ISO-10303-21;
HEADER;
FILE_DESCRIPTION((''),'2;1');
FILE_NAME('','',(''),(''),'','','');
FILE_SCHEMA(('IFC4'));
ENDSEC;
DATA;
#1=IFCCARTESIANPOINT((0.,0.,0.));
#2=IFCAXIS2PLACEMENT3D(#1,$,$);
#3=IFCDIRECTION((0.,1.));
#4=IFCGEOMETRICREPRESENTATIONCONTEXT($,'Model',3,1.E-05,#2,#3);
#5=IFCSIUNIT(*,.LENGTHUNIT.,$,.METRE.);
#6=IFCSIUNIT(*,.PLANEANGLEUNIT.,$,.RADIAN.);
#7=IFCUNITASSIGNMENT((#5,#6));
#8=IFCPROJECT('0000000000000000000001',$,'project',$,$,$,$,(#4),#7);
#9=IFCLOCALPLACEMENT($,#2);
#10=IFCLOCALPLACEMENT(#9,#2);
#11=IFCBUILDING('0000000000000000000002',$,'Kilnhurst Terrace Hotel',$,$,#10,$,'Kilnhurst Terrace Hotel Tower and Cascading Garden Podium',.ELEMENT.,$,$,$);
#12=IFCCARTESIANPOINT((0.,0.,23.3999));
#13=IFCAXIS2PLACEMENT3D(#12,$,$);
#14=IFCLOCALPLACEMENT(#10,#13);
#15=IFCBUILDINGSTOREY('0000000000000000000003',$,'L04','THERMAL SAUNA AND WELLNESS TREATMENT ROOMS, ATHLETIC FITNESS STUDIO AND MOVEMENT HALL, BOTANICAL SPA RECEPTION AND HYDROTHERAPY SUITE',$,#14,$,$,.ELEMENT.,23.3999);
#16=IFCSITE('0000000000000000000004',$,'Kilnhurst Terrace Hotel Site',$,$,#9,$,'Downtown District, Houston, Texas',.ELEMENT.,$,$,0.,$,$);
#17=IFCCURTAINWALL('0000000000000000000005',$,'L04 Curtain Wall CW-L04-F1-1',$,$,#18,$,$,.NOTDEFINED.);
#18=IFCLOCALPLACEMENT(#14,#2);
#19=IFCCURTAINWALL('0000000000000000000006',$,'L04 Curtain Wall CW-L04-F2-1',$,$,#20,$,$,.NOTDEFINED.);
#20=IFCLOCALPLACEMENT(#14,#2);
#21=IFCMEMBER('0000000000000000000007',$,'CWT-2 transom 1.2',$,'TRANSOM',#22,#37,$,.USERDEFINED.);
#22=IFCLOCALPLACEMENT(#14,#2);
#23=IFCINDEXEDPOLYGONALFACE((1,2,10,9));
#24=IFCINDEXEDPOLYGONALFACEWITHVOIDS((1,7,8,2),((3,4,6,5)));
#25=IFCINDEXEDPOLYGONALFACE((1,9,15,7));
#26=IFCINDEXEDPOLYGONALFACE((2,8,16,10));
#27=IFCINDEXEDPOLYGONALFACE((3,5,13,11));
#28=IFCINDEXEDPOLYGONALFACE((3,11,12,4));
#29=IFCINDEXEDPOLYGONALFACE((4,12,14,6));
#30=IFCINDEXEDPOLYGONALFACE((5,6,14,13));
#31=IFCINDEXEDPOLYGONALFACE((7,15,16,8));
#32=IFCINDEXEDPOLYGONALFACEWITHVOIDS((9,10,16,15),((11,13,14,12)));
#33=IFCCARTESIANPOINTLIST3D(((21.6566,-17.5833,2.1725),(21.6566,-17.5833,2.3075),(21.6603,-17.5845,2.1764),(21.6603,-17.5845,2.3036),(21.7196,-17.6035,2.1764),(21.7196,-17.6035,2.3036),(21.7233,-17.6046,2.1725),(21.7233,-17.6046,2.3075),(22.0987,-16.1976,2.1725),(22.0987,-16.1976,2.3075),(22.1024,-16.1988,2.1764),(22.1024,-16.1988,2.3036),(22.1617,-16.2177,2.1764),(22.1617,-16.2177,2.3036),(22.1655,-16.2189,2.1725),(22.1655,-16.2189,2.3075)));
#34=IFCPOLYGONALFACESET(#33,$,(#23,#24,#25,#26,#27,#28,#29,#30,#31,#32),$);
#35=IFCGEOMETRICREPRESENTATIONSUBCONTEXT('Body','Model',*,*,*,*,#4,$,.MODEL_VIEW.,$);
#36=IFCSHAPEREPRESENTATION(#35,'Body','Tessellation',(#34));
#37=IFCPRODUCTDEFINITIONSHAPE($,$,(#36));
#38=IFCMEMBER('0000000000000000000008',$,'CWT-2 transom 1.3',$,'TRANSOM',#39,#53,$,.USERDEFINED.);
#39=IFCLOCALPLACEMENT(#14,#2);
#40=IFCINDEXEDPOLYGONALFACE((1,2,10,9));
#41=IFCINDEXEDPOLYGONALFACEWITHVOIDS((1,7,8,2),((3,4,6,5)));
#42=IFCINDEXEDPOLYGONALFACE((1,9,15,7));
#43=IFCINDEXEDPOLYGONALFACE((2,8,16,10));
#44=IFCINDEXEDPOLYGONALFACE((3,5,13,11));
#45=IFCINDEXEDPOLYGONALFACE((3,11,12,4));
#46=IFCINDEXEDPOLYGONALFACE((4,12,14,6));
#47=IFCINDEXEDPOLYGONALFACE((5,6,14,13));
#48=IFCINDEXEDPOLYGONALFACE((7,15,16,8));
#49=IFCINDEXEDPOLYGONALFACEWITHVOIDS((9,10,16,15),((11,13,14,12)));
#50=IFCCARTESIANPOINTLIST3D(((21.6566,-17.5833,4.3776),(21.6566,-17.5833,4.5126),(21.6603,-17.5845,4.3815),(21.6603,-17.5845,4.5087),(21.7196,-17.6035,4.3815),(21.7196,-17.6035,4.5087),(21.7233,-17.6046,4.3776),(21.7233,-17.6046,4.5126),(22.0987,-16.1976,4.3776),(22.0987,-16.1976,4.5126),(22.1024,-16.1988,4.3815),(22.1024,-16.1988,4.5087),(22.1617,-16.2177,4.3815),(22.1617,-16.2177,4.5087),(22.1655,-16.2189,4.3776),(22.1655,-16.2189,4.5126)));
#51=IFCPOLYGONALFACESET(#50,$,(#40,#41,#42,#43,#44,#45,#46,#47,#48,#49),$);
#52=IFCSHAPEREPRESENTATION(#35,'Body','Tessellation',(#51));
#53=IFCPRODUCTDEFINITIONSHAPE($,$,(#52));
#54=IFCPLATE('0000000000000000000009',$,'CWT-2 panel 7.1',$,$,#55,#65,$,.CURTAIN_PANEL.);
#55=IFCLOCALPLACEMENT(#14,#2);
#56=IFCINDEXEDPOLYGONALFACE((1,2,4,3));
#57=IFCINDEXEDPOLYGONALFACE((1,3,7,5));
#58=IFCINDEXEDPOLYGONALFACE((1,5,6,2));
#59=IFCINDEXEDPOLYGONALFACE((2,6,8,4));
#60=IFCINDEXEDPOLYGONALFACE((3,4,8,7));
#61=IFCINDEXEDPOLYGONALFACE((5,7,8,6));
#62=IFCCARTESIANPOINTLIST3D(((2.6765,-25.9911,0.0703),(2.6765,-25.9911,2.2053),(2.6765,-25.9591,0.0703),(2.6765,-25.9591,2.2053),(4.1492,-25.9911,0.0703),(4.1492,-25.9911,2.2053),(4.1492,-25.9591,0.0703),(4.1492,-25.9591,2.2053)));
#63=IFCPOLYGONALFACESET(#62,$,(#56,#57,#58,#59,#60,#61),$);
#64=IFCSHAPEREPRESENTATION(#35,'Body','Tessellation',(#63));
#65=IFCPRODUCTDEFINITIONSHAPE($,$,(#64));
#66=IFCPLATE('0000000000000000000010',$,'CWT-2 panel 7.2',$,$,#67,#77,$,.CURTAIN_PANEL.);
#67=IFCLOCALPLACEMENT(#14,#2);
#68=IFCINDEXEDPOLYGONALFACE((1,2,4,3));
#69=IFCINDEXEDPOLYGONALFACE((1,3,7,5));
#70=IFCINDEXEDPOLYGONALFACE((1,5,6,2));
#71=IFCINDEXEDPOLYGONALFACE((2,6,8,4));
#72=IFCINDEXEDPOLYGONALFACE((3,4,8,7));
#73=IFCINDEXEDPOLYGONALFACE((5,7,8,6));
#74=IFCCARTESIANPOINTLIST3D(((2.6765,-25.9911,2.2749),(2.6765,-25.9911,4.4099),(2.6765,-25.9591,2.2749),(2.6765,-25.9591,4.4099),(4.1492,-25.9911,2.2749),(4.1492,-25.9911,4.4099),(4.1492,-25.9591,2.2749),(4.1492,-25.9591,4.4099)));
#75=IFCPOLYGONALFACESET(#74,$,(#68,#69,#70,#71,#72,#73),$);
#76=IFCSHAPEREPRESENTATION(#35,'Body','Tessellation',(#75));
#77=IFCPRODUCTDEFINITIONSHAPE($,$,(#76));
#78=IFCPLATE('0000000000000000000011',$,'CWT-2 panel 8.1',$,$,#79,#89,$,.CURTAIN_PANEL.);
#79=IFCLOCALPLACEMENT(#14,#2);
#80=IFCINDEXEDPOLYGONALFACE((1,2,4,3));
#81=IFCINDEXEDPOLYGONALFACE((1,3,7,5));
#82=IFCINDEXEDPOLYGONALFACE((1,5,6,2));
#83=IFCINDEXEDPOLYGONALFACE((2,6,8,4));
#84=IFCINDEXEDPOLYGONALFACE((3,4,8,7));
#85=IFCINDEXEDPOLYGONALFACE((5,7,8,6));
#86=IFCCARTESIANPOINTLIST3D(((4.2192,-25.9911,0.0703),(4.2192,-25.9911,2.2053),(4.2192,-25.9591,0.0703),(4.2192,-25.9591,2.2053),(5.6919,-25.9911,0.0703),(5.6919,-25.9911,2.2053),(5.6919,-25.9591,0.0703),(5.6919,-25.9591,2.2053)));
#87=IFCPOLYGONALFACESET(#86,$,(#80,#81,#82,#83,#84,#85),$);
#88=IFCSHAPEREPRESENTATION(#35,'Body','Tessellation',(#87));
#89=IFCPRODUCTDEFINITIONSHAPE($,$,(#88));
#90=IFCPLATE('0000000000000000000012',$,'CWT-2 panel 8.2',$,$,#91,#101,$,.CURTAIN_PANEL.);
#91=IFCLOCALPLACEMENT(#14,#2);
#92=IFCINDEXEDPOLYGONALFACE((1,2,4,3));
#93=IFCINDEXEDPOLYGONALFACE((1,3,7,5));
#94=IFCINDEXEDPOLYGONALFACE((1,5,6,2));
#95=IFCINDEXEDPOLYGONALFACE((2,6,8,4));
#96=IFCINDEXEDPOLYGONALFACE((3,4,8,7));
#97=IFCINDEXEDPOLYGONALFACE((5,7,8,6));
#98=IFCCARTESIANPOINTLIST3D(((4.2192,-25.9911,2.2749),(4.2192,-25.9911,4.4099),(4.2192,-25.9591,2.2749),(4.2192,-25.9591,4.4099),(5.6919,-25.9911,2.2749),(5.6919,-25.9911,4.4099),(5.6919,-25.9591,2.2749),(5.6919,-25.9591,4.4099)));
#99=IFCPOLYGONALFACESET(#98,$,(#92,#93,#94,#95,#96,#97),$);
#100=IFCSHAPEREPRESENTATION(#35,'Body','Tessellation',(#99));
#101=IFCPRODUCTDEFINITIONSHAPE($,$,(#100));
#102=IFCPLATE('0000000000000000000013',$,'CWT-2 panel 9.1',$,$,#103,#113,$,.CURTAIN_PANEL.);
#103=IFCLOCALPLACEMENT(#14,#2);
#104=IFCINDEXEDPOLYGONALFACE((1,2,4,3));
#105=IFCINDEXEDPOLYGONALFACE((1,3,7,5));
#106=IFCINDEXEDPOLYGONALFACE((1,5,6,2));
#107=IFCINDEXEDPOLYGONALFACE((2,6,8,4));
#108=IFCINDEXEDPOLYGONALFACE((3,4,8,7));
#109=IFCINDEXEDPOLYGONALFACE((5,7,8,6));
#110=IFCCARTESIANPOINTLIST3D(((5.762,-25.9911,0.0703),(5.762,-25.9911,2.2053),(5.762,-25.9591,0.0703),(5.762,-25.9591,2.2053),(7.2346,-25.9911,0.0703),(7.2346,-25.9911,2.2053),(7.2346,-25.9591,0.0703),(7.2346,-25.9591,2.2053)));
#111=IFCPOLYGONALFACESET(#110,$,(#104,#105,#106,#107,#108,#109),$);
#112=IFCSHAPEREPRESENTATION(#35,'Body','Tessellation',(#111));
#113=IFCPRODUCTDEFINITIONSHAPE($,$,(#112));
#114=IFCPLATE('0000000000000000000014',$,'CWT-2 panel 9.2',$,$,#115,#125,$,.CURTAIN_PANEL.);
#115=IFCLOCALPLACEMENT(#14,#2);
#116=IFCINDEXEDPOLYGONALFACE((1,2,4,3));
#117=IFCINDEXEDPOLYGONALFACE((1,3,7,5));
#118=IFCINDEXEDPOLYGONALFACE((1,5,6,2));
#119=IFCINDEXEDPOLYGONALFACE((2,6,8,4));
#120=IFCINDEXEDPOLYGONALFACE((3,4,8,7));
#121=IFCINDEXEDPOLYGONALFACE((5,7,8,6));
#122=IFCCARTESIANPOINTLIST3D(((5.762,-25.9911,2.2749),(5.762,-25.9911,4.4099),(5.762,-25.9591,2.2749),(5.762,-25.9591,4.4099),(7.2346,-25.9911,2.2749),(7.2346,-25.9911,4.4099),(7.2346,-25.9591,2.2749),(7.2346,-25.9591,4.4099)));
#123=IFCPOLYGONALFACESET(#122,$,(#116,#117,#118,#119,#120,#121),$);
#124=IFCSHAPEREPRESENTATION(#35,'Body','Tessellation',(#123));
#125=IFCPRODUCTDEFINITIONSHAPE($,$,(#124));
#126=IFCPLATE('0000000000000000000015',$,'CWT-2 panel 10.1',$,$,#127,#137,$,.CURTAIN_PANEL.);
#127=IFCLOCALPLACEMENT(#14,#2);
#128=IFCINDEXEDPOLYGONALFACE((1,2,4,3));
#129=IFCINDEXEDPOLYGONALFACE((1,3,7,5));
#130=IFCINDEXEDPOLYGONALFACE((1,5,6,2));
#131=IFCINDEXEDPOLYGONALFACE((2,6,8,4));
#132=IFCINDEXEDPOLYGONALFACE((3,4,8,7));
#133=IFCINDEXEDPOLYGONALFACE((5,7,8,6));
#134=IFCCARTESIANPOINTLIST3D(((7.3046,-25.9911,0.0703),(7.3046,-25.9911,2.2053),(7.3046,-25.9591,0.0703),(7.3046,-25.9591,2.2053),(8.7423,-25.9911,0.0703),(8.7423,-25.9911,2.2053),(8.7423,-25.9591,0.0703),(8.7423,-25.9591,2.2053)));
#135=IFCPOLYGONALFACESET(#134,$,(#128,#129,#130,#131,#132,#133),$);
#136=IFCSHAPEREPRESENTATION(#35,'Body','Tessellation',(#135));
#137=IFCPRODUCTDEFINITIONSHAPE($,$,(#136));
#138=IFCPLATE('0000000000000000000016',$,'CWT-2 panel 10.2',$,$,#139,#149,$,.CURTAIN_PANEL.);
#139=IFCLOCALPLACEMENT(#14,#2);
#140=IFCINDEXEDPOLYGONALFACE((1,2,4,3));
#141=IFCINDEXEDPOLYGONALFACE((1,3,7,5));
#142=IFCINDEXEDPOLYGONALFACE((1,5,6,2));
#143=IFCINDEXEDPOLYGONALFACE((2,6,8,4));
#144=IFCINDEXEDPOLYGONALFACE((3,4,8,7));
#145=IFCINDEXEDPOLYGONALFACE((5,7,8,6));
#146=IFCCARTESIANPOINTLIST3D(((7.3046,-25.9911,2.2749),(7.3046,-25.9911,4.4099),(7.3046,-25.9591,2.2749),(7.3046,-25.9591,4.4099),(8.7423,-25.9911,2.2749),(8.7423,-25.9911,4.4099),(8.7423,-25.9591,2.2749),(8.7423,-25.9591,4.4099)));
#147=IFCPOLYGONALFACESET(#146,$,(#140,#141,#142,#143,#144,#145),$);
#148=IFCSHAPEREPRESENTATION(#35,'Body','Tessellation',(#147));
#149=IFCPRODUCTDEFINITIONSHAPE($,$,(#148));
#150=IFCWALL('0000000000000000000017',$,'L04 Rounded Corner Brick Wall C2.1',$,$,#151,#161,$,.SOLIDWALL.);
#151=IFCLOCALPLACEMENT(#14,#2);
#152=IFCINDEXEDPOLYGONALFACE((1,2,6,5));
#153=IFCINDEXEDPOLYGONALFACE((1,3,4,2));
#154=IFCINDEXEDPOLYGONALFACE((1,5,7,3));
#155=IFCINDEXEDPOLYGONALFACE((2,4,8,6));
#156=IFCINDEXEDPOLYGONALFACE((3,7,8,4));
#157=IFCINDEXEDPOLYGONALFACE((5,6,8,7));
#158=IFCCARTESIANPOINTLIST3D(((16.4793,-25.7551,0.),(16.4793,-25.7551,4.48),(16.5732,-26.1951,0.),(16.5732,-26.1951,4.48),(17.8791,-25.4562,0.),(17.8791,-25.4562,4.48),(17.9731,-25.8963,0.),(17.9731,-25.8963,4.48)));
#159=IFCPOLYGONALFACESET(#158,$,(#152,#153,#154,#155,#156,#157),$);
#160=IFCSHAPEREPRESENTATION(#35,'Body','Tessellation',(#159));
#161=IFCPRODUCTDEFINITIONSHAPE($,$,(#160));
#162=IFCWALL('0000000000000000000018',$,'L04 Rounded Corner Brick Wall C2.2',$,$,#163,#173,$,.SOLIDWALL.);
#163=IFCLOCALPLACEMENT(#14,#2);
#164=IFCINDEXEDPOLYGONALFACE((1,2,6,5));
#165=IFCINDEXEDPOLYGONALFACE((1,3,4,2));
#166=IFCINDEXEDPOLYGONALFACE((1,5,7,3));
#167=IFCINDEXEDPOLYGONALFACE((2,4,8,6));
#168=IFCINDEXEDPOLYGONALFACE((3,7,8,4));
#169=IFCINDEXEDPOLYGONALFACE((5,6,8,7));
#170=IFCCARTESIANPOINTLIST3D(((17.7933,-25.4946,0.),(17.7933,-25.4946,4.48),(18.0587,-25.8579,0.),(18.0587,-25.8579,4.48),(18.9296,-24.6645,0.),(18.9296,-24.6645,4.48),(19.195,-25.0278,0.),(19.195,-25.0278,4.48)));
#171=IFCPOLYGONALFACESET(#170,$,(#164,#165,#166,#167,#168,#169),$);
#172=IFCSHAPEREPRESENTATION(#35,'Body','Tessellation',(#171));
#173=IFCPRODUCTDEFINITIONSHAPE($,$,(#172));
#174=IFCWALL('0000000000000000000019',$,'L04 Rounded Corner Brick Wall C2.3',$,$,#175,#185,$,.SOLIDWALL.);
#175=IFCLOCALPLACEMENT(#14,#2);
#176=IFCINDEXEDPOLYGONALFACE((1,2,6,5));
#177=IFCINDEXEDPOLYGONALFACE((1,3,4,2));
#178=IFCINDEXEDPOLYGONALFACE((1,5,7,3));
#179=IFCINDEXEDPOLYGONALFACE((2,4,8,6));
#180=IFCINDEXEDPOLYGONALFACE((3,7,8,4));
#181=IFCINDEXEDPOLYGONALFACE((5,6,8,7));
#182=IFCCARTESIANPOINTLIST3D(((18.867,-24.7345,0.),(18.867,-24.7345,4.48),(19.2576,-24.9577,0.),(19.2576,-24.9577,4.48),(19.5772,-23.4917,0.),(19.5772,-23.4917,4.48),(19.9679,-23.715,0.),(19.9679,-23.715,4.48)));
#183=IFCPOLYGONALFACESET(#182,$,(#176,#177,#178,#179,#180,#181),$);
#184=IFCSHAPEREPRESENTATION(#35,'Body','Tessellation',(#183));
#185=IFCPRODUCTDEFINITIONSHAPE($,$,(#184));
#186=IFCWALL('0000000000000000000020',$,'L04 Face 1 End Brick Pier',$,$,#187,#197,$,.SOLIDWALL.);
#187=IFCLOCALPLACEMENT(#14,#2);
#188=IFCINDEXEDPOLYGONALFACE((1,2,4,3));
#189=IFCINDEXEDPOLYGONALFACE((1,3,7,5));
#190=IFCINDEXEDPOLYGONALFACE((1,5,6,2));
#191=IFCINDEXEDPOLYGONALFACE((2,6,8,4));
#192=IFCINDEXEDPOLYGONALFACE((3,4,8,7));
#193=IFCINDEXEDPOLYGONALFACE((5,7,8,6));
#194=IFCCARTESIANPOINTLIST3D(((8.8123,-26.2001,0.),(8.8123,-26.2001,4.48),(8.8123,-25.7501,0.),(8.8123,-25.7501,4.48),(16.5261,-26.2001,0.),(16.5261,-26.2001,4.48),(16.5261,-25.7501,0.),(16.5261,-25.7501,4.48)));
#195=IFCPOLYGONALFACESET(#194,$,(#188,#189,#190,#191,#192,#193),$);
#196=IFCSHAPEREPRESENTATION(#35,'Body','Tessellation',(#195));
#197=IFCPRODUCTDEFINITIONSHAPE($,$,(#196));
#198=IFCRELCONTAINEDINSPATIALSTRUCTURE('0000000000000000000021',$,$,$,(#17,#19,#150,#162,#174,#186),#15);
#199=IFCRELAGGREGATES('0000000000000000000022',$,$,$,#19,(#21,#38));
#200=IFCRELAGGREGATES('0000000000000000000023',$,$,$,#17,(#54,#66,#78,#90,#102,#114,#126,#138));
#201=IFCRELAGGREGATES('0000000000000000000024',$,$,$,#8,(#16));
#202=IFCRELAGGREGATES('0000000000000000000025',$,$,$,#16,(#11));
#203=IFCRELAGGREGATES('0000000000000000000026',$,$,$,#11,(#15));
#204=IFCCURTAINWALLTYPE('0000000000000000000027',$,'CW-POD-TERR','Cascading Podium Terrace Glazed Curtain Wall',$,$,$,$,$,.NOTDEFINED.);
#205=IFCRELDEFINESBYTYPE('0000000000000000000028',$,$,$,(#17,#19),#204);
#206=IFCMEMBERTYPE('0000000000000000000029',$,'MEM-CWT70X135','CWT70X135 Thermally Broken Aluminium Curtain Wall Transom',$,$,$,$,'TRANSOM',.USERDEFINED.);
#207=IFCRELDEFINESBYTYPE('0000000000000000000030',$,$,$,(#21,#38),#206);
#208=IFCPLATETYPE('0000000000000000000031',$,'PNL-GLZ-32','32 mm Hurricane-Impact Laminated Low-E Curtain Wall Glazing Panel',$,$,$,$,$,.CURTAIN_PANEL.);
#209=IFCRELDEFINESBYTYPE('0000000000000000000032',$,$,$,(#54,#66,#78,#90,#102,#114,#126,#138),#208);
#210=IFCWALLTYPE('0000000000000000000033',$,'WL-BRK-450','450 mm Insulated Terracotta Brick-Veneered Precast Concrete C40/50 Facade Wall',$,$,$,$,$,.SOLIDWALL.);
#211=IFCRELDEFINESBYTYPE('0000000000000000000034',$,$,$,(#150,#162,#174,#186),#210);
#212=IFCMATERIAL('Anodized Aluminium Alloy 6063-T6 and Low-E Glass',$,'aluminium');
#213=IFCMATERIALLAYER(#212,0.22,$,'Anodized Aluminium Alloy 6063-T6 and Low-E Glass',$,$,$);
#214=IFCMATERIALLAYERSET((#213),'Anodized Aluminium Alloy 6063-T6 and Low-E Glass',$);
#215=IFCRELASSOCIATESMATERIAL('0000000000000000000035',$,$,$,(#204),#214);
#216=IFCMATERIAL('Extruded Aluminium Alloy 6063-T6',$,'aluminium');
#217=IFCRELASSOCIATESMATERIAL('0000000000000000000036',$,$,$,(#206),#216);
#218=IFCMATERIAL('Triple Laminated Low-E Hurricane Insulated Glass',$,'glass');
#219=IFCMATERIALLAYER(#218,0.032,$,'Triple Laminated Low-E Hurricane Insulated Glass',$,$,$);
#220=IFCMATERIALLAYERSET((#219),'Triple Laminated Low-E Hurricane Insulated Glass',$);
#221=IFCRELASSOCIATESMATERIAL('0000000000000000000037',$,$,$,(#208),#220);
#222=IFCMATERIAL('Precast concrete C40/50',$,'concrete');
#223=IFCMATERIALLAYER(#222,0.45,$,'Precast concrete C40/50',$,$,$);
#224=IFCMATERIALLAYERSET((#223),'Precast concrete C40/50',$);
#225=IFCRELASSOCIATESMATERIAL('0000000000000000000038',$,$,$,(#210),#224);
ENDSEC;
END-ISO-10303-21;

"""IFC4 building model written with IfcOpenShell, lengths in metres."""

from ifc_helpers import new_model, si_unit, direction, frame, frame_2d, origin, origin_2d, place, context, subcontext, project, spatial, rectangle, hollow_rectangle, extrude, material, layer, layer_set, material_profile, profile_set, type_object, element, aggregate, save


model = new_model("IFC4")

# Units and contexts
model_context = context("Model", 3, precision=1e-05, world=origin(), true_north=direction((0.0, 1.0)))
body_context = subcontext(model_context, "Body", "Model", "MODEL_VIEW")
ifc_project = project(units=[si_unit("LENGTHUNIT", "METRE"), si_unit("PLANEANGLEUNIT", "RADIAN")], contexts=[model_context])

# Site, building, storey
site_placement = place(None, origin())
site = spatial("IfcSite", under=ifc_project, at=site_placement, Name="Kilnhurst Terrace Hotel Site", LongName="Downtown District, Houston, Texas", CompositionType="ELEMENT", RefElevation=0.0)
building_placement = place(site_placement, origin())
building = spatial("IfcBuilding", under=site, at=building_placement, Name="Kilnhurst Terrace Hotel", LongName="Kilnhurst Terrace Hotel Tower and Cascading Garden Podium", CompositionType="ELEMENT")
storey_placement = place(building_placement, frame((0.0, 0.0, 23.3999)))
storey = spatial("IfcBuildingStorey", under=building, at=storey_placement, Name="L04", Description="THERMAL SAUNA AND WELLNESS TREATMENT ROOMS, ATHLETIC FITNESS STUDIO AND MOVEMENT HALL, BOTANICAL SPA RECEPTION AND HYDROTHERAPY SUITE", CompositionType="ELEMENT", Elevation=23.3999)

# Curtain wall
ifc_material_1 = material(Name="Anodized Aluminium Alloy 6063-T6 and Low-E Glass", Category="aluminium")
ifc_layer_1 = layer(ifc_material_1, 0.22, Name="Anodized Aluminium Alloy 6063-T6 and Low-E Glass")
ifc_layer_set_1 = layer_set([ifc_layer_1], Name="Anodized Aluminium Alloy 6063-T6 and Low-E Glass")
curtain_wall_type = type_object("IfcCurtainWallType", Name="CW-POD-TERR", Description="Cascading Podium Terrace Glazed Curtain Wall", PredefinedType="NOTDEFINED", material=ifc_layer_set_1)
curtain_wall_1_placement = place(storey_placement, origin())
curtain_wall_1 = element("IfcCurtainWall", 1, at=curtain_wall_1_placement, inside=storey, type_object=curtain_wall_type, Name="L04 Curtain Wall CW-L04-F1-1", PredefinedType="NOTDEFINED")
ifc_material_2 = material(Name="Extruded Aluminium Alloy 6063-T6", Category="aluminium")

# Curtain wall
curtain_wall_2_placement = place(storey_placement, origin())
curtain_wall_2 = element("IfcCurtainWall", 2, at=curtain_wall_2_placement, inside=storey, type_object=curtain_wall_type, Name="L04 Curtain Wall CW-L04-F2-1", PredefinedType="NOTDEFINED")

# Members
ifc_material_profile_1 = material_profile(ifc_material_2, hollow_rectangle(XDim=0.0701, YDim=0.135, WallThickness=0.0039, at=origin_2d()), Name="CWT70X135")
ifc_profile_set_1 = profile_set([ifc_material_profile_1], Name="Extruded Aluminium Alloy 6063-T6")
member_type_1 = type_object("IfcMemberType", Name="MEM-CWT70X135", Description="CWT70X135 Thermally Broken Aluminium Curtain Wall Transom", ElementType="TRANSOM", PredefinedType="USERDEFINED", material=ifc_profile_set_1)
member_1_placement = place(storey_placement, frame((21.6899, -17.594, 2.24), z_axis=(0.303966, 0.952683, 0.0), x_axis=(-0.952683, 0.303966, 0.0)))
member_1 = element("IfcMember", 3, at=member_1_placement, type_object=member_type_1, Name="CWT-2 transom 1.2", ObjectType="TRANSOM", PredefinedType="USERDEFINED", context=body_context, shape_type="SweptSolid", body=[
    extrude(hollow_rectangle(XDim=0.0701, YDim=0.135, WallThickness=0.0039, at=origin_2d()), origin(), (0.0, 0.0, 1.0), 1.4546),
])
member_2_placement = place(storey_placement, frame((21.6899, -17.594, 4.4451), z_axis=(0.303966, 0.952683, 0.0), x_axis=(-0.952683, 0.303966, 0.0)))
member_2 = element("IfcMember", 4, at=member_2_placement, type_object=member_type_1, Name="CWT-2 transom 1.3", ObjectType="TRANSOM", PredefinedType="USERDEFINED", context=body_context, shape_type="SweptSolid", body=[
    extrude(hollow_rectangle(XDim=0.0701, YDim=0.135, WallThickness=0.0039, at=origin_2d()), origin(), (0.0, 0.0, 1.0), 1.4546),
])
aggregate(curtain_wall_2, [member_1, member_2])

# Plates
ifc_material_3 = material(Name="Triple Laminated Low-E Hurricane Insulated Glass", Category="glass")
ifc_layer_2 = layer(ifc_material_3, 0.032, Name="Triple Laminated Low-E Hurricane Insulated Glass")
ifc_layer_set_2 = layer_set([ifc_layer_2], Name="Triple Laminated Low-E Hurricane Insulated Glass")
plate_type = type_object("IfcPlateType", Name="PNL-GLZ-32", Description="32 mm Hurricane-Impact Laminated Low-E Curtain Wall Glazing Panel", PredefinedType="CURTAIN_PANEL", material=ifc_layer_set_2)
plate_1_placement = place(storey_placement, frame((3.4128, -25.9751, 0.0703), z_axis=(0.0, 0.0, 1.0), x_axis=(1.0, 0.0, 0.0)))
plate_1 = element("IfcPlate", 5, at=plate_1_placement, type_object=plate_type, Name="CWT-2 panel 7.1", PredefinedType="CURTAIN_PANEL", context=body_context, shape_type="SweptSolid", body=[
    extrude(rectangle(XDim=1.4727, YDim=0.032, at=origin_2d()), origin(), (0.0, 0.0, 1.0), 2.135),
])
plate_2_placement = place(storey_placement, frame((3.4128, -25.9751, 2.2749), z_axis=(0.0, 0.0, 1.0), x_axis=(1.0, 0.0, 0.0)))
plate_2 = element("IfcPlate", 6, at=plate_2_placement, type_object=plate_type, Name="CWT-2 panel 7.2", PredefinedType="CURTAIN_PANEL", context=body_context, shape_type="SweptSolid", body=[
    extrude(rectangle(XDim=1.4727, YDim=0.032, at=origin_2d()), origin(), (0.0, 0.0, 1.0), 2.135),
])
plate_3_placement = place(storey_placement, frame((4.9556, -25.9751, 0.0703), z_axis=(0.0, 0.0, 1.0), x_axis=(1.0, 0.0, 0.0)))
plate_3 = element("IfcPlate", 7, at=plate_3_placement, type_object=plate_type, Name="CWT-2 panel 8.1", PredefinedType="CURTAIN_PANEL", context=body_context, shape_type="SweptSolid", body=[
    extrude(rectangle(XDim=1.4727, YDim=0.032, at=origin_2d()), origin(), (0.0, 0.0, 1.0), 2.135),
])
plate_4_placement = place(storey_placement, frame((4.9556, -25.9751, 2.2749), z_axis=(0.0, 0.0, 1.0), x_axis=(1.0, 0.0, 0.0)))
plate_4 = element("IfcPlate", 8, at=plate_4_placement, type_object=plate_type, Name="CWT-2 panel 8.2", PredefinedType="CURTAIN_PANEL", context=body_context, shape_type="SweptSolid", body=[
    extrude(rectangle(XDim=1.4727, YDim=0.032, at=origin_2d()), origin(), (0.0, 0.0, 1.0), 2.135),
])
plate_5_placement = place(storey_placement, frame((6.4983, -25.9751, 0.0703), z_axis=(0.0, 0.0, 1.0), x_axis=(1.0, 0.0, 0.0)))
plate_5 = element("IfcPlate", 9, at=plate_5_placement, type_object=plate_type, Name="CWT-2 panel 9.1", PredefinedType="CURTAIN_PANEL", context=body_context, shape_type="SweptSolid", body=[
    extrude(rectangle(XDim=1.4727, YDim=0.032, at=origin_2d()), origin(), (0.0, 0.0, 1.0), 2.135),
])
plate_6_placement = place(storey_placement, frame((6.4983, -25.9751, 2.2749), z_axis=(0.0, 0.0, 1.0), x_axis=(1.0, 0.0, 0.0)))
plate_6 = element("IfcPlate", 10, at=plate_6_placement, type_object=plate_type, Name="CWT-2 panel 9.2", PredefinedType="CURTAIN_PANEL", context=body_context, shape_type="SweptSolid", body=[
    extrude(rectangle(XDim=1.4727, YDim=0.032, at=origin_2d()), origin(), (0.0, 0.0, 1.0), 2.135),
])
plate_7_placement = place(storey_placement, frame((8.0234, -25.9751, 0.0703), z_axis=(0.0, 0.0, 1.0), x_axis=(1.0, 0.0, 0.0)))
plate_7 = element("IfcPlate", 11, at=plate_7_placement, type_object=plate_type, Name="CWT-2 panel 10.1", PredefinedType="CURTAIN_PANEL", context=body_context, shape_type="SweptSolid", body=[
    extrude(rectangle(XDim=1.4377, YDim=0.032, at=origin_2d()), origin(), (0.0, 0.0, 1.0), 2.135),
])
plate_8_placement = place(storey_placement, frame((8.0234, -25.9751, 2.2749), z_axis=(0.0, 0.0, 1.0), x_axis=(1.0, 0.0, 0.0)))
plate_8 = element("IfcPlate", 12, at=plate_8_placement, type_object=plate_type, Name="CWT-2 panel 10.2", PredefinedType="CURTAIN_PANEL", context=body_context, shape_type="SweptSolid", body=[
    extrude(rectangle(XDim=1.4377, YDim=0.032, at=origin_2d()), origin(), (0.0, 0.0, 1.0), 2.135),
])
aggregate(curtain_wall_1, [plate_1, plate_2, plate_3, plate_4, plate_5, plate_6, plate_7, plate_8])

# Walls
ifc_material_4 = material(Name="Precast concrete C40/50", Category="concrete")
ifc_layer_3 = layer(ifc_material_4, 0.45, Name="Precast concrete C40/50")
ifc_layer_set_3 = layer_set([ifc_layer_3], Name="Precast concrete C40/50")
wall_type_1 = type_object("IfcWallType", Name="WL-BRK-450", Description="450 mm Insulated Terracotta Brick-Veneered Precast Concrete C40/50 Facade Wall", PredefinedType="SOLIDWALL", material=ifc_layer_set_3)
wall_1_placement = place(storey_placement, frame((16.5261, -25.9751, 0.0), z_axis=(0.0, 0.0, 1.0), x_axis=(0.977967, 0.20876, 0.0)))
element("IfcWall", 13, at=wall_1_placement, inside=storey, type_object=wall_type_1, Name="L04 Rounded Corner Brick Wall C2.1", PredefinedType="SOLIDWALL", context=body_context, shape_type="SweptSolid", body=[
    extrude(rectangle(XDim=1.4314, YDim=0.45, at=frame_2d((0.7158, 0.0))), origin(), (0.0, 0.0, 1.0), 4.48),
])
wall_2_placement = place(storey_placement, frame((17.926, -25.6763, 0.0), z_axis=(0.0, 0.0, 1.0), x_axis=(0.807474, 0.589903, 0.0)))
element("IfcWall", 14, at=wall_2_placement, inside=storey, type_object=wall_type_1, Name="L04 Rounded Corner Brick Wall C2.2", PredefinedType="SOLIDWALL", context=body_context, shape_type="SweptSolid", body=[
    extrude(rectangle(XDim=1.4072, YDim=0.45, at=frame_2d((0.7036, 0.0))), origin(), (0.0, 0.0, 1.0), 4.48),
])
wall_3_placement = place(storey_placement, frame((19.0623, -24.8462, 0.0), z_axis=(0.0, 0.0, 1.0), x_axis=(0.496194, 0.868212, 0.0)))
element("IfcWall", 15, at=wall_3_placement, inside=storey, type_object=wall_type_1, Name="L04 Rounded Corner Brick Wall C2.3", PredefinedType="SOLIDWALL", context=body_context, shape_type="SweptSolid", body=[
    extrude(rectangle(XDim=1.4314, YDim=0.45, at=frame_2d((0.7158, 0.0))), origin(), (0.0, 0.0, 1.0), 4.48),
])
wall_4_placement = place(storey_placement, frame((8.8123, -25.9751, 0.0), z_axis=(0.0, 0.0, 1.0), x_axis=(1.0, 0.0, 0.0)))
element("IfcWall", 16, at=wall_4_placement, inside=storey, type_object=wall_type_1, Name="L04 Face 1 End Brick Pier", PredefinedType="SOLIDWALL", context=body_context, shape_type="SweptSolid", body=[
    extrude(rectangle(XDim=7.7139, YDim=0.45, at=frame_2d((3.8569, 0.0))), origin(), (0.0, 0.0, 1.0), 4.48),
])

save(model, "model.ifc")
